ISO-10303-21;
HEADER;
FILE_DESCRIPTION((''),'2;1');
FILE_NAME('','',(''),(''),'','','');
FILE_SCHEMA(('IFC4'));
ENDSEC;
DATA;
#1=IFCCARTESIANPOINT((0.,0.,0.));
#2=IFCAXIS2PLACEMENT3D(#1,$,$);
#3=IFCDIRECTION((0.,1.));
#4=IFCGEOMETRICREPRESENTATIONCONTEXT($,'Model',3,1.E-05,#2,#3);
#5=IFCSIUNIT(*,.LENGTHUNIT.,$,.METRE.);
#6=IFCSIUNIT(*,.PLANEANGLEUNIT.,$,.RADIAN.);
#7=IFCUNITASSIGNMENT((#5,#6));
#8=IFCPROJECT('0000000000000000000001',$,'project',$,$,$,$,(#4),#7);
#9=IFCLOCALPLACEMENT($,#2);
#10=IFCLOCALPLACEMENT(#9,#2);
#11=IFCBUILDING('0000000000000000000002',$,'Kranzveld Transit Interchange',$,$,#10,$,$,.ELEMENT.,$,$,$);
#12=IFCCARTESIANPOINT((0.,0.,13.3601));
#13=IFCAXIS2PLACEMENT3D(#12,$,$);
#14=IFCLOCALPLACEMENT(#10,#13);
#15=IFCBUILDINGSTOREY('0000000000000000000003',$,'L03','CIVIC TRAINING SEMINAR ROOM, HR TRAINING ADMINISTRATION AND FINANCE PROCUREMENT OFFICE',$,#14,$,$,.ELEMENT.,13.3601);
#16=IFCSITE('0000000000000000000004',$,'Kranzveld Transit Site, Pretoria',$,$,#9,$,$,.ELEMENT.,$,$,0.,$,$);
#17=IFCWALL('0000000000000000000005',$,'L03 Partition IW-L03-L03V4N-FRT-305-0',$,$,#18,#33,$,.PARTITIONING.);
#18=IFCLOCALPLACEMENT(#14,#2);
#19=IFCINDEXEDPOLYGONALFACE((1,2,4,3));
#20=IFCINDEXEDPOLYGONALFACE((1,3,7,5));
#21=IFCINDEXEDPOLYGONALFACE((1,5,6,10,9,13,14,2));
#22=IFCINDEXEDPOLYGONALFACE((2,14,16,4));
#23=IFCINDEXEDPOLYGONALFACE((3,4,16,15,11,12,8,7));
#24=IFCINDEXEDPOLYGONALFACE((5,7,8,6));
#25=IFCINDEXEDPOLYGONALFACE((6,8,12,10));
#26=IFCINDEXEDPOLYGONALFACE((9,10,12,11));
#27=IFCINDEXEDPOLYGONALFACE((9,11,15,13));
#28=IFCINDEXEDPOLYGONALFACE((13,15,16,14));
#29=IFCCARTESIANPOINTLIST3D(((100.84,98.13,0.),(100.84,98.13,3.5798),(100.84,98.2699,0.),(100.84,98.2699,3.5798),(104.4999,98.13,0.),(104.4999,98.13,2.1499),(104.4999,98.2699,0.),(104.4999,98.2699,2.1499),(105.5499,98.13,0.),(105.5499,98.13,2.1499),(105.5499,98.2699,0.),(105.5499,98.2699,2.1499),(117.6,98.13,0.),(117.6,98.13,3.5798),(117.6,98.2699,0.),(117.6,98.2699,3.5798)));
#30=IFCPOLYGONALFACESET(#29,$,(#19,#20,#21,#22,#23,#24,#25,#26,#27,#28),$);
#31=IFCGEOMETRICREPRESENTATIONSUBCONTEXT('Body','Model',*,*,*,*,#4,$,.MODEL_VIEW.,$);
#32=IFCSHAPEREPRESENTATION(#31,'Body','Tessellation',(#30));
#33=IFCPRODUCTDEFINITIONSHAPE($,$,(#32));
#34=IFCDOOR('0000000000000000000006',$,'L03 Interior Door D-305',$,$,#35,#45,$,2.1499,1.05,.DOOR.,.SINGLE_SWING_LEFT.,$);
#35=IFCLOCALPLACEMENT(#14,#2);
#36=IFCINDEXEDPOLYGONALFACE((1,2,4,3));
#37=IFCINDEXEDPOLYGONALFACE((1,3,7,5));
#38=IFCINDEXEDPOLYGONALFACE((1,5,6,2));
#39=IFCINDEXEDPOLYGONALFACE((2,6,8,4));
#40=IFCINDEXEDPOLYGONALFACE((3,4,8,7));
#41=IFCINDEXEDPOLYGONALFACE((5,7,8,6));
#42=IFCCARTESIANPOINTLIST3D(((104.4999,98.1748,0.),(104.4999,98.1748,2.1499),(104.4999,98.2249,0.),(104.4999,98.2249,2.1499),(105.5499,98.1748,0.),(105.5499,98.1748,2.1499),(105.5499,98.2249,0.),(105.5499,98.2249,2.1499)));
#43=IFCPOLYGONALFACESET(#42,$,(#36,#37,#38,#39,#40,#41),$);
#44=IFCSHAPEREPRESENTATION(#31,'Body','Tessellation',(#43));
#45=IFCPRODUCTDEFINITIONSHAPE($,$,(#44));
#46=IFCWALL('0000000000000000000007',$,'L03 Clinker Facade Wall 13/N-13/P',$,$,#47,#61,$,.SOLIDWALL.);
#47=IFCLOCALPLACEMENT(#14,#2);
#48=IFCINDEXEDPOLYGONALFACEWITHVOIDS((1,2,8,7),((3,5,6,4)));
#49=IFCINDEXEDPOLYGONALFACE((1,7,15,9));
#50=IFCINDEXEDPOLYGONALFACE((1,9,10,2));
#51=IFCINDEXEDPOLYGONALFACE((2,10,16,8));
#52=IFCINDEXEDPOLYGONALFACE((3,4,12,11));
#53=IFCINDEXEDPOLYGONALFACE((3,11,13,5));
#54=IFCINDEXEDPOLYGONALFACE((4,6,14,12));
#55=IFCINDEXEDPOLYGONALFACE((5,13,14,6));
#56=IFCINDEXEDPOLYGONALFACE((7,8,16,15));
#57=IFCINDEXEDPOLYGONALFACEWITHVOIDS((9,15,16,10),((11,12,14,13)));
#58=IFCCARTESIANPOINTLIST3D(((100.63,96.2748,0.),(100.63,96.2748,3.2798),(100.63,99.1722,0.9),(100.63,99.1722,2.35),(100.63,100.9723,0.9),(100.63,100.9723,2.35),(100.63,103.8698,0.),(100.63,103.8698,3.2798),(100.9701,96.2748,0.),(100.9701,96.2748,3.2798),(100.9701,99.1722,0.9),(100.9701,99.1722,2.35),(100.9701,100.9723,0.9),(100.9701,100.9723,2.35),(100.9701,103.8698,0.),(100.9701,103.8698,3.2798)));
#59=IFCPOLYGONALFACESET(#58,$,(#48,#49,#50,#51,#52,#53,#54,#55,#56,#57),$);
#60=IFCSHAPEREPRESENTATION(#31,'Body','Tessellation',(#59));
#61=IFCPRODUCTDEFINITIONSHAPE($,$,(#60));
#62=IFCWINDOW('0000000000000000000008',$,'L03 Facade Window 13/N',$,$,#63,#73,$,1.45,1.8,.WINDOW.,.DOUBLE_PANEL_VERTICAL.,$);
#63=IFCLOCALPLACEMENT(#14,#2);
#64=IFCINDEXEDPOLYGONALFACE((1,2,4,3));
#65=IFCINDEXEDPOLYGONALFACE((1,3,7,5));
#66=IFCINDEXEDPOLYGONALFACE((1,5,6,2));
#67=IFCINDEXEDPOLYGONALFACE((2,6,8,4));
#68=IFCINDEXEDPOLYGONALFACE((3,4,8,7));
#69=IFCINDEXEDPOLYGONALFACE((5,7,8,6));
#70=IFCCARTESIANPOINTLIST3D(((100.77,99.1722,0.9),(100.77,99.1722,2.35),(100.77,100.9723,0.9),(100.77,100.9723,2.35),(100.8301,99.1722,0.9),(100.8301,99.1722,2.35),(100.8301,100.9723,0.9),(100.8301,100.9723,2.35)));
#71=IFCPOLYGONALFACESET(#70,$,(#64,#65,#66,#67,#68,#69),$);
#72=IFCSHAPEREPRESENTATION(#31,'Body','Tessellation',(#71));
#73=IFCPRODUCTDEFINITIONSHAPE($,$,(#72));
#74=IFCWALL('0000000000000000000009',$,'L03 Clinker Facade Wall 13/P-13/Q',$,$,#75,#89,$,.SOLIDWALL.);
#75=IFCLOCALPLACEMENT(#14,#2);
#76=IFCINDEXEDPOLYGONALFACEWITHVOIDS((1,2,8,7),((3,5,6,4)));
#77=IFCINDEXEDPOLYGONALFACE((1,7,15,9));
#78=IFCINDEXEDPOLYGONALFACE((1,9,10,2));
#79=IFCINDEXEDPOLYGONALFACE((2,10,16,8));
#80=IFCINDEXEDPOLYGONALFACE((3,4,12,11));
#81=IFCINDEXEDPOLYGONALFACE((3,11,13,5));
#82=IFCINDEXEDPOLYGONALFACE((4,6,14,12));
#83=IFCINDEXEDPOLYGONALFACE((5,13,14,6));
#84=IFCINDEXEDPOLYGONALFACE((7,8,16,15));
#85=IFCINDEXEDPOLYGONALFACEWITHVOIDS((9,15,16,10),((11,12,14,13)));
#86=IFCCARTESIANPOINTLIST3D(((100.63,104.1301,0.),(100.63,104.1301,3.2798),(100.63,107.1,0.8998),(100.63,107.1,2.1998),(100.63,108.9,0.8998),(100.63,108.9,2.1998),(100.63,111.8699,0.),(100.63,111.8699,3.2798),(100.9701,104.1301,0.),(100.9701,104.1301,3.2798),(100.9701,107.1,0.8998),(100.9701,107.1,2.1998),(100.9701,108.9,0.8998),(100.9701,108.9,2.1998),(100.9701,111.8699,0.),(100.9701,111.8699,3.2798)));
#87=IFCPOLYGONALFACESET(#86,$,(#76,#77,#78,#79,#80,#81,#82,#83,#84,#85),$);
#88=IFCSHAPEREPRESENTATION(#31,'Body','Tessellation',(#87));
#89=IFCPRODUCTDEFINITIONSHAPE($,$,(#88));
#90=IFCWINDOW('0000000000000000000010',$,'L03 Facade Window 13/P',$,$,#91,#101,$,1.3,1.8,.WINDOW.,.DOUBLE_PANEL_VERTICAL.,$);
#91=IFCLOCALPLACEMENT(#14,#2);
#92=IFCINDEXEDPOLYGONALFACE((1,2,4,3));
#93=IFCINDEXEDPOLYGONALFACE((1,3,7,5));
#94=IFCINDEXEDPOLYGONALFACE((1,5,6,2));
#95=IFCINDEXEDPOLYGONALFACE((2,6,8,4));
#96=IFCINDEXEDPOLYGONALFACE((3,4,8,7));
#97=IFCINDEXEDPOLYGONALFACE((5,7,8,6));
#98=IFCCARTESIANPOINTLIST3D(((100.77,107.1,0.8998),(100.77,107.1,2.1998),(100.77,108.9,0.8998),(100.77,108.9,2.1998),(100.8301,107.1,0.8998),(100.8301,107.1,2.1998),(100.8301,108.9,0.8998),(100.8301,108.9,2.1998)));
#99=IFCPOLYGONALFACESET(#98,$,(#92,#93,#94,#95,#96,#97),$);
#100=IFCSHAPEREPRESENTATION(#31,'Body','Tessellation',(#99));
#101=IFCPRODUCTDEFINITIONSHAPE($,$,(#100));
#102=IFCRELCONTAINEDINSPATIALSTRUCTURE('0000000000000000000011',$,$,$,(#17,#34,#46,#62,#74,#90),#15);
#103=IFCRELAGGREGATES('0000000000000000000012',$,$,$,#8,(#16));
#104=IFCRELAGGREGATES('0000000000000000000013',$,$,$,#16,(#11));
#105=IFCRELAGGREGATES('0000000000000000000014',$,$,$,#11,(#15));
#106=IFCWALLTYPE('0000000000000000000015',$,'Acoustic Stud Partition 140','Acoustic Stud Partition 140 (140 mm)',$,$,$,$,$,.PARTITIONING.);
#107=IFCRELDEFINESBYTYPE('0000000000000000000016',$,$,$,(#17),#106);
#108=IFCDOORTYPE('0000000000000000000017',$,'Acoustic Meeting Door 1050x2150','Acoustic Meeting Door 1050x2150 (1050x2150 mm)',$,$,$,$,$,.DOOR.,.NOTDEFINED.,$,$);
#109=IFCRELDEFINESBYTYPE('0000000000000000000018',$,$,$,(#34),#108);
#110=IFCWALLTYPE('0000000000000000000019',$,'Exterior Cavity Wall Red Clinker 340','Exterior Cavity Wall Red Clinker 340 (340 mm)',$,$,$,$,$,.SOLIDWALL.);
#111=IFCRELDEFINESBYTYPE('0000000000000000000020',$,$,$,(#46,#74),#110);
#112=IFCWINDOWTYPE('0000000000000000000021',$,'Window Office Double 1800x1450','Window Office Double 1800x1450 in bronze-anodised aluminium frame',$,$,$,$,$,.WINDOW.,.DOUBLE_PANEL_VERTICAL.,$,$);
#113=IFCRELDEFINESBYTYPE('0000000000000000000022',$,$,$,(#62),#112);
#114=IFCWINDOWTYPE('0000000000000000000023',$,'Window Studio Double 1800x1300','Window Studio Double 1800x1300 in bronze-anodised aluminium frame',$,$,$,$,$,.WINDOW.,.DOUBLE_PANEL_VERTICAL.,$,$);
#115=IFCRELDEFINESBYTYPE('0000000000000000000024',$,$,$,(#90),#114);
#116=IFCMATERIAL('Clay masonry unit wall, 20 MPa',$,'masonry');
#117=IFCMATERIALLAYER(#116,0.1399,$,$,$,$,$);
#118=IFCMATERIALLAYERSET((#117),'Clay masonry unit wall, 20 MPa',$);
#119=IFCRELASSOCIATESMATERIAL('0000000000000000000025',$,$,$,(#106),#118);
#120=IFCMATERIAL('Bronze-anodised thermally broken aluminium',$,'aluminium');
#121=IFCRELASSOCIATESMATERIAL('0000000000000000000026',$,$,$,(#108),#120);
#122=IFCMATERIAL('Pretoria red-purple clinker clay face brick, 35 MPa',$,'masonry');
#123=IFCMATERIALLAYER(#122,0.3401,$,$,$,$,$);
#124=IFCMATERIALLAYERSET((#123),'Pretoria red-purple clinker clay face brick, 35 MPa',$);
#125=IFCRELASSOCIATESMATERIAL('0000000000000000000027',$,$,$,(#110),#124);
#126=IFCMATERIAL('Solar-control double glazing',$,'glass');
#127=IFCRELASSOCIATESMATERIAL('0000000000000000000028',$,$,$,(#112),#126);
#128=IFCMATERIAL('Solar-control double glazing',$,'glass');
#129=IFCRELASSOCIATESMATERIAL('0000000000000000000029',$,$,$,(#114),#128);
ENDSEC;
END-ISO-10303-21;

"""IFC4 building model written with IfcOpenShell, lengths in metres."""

from ifc_helpers import new_model, si_unit, direction, frame, frame_2d, origin, place, context, subcontext, project, spatial, rectangle, extrude, material, layer, layer_set, type_object, element, fill, save


model = new_model("IFC4")

# Units and contexts
model_context = context("Model", 3, precision=1e-05, world=origin(), true_north=direction((0.0, 1.0)))
body_context = subcontext(model_context, "Body", "Model", "MODEL_VIEW")
ifc_project = project(units=[si_unit("LENGTHUNIT", "METRE"), si_unit("PLANEANGLEUNIT", "RADIAN")], contexts=[model_context])

# Site, building, storey
site_placement = place(None, origin())
site = spatial("IfcSite", under=ifc_project, at=site_placement, Name="Kranzveld Transit Site, Pretoria", CompositionType="ELEMENT", RefElevation=0.0)
building_placement = place(site_placement, origin())
building = spatial("IfcBuilding", under=site, at=building_placement, Name="Kranzveld Transit Interchange", CompositionType="ELEMENT")
storey_placement = place(building_placement, frame((0.0, 0.0, 13.3601)))
storey = spatial("IfcBuildingStorey", under=building, at=storey_placement, Name="L03", Description="CIVIC TRAINING SEMINAR ROOM, HR TRAINING ADMINISTRATION AND FINANCE PROCUREMENT OFFICE", CompositionType="ELEMENT", Elevation=13.3601)

# Wall, opening, door
ifc_material_1 = material(Name="Clay masonry unit wall, 20 MPa", Category="masonry")
ifc_layer_1 = layer(ifc_material_1, 0.1399)
ifc_layer_set_1 = layer_set([ifc_layer_1], Name="Clay masonry unit wall, 20 MPa")
wall_type_1 = type_object("IfcWallType", Name="Acoustic Stud Partition 140", Description="Acoustic Stud Partition 140 (140 mm)", PredefinedType="PARTITIONING", material=ifc_layer_set_1)
wall_1_placement = place(storey_placement, frame((100.8401, 98.2, 0.0), z_axis=(0.0, 0.0, 1.0), x_axis=(1.0, 0.0, 0.0)))
wall_1 = element("IfcWall", 1, at=wall_1_placement, inside=storey, type_object=wall_type_1, Name="L03 Partition IW-L03-L03V4N-FRT-305-0", PredefinedType="PARTITIONING", context=body_context, shape_type="SweptSolid", body=[
    extrude(rectangle(XDim=16.76, YDim=0.1399, at=frame_2d((8.3799, 0.0))), origin(), (0.0, 0.0, 1.0), 3.5798),
])
opening_1_placement = place(wall_1_placement, frame((3.6599, 0.0, 0.0), z_axis=(0.0, 0.0, 1.0), x_axis=(1.0, 0.0, 0.0)))
opening_1 = element("IfcOpeningElement", 2, at=opening_1_placement, cuts=wall_1, PredefinedType="OPENING", context=body_context, shape_type="SweptSolid", body=[
    extrude(rectangle(XDim=1.05, YDim=2.1499, at=frame_2d((0.5249, 1.075))), frame((0.0, 0.0798, 0.0), z_axis=(0.0, -1.0, 0.0), x_axis=(1.0, 0.0, 0.0)), (0.0, 0.0, 1.0), 0.1599),
])
ifc_material_2 = material(Name="Bronze-anodised thermally broken aluminium", Category="aluminium")
door_type = type_object("IfcDoorType", Name="Acoustic Meeting Door 1050x2150", Description="Acoustic Meeting Door 1050x2150 (1050x2150 mm)", OperationType="NOTDEFINED", PredefinedType="DOOR", material=ifc_material_2)
door_placement = place(opening_1_placement, origin())
door = element("IfcDoor", 3, at=door_placement, inside=storey, type_object=door_type, Name="L03 Interior Door D-305", OperationType="SINGLE_SWING_LEFT", OverallHeight=2.1499, OverallWidth=1.05, PredefinedType="DOOR", context=body_context, shape_type="SweptSolid", body=[
    extrude(rectangle(XDim=1.05, YDim=2.1499, at=frame_2d((0.5249, 1.075))), frame((0.0, 0.0249, 0.0), z_axis=(0.0, -1.0, 0.0), x_axis=(1.0, 0.0, 0.0)), (0.0, 0.0, 1.0), 0.05),
])
fill(opening_1, door)

# Walls, openings, windows
ifc_material_3 = material(Name="Pretoria red-purple clinker clay face brick, 35 MPa", Category="masonry")
ifc_layer_2 = layer(ifc_material_3, 0.3401)
ifc_layer_set_2 = layer_set([ifc_layer_2], Name="Pretoria red-purple clinker clay face brick, 35 MPa")
wall_type_2 = type_object("IfcWallType", Name="Exterior Cavity Wall Red Clinker 340", Description="Exterior Cavity Wall Red Clinker 340 (340 mm)", PredefinedType="SOLIDWALL", material=ifc_layer_set_2)
wall_2_placement = place(storey_placement, frame((100.8, 96.2749, 0.0), z_axis=(0.0, 0.0, 1.0), x_axis=(0.0, 1.0, 0.0)))
wall_2 = element("IfcWall", 4, at=wall_2_placement, inside=storey, type_object=wall_type_2, Name="L03 Clinker Facade Wall 13/N-13/P", PredefinedType="SOLIDWALL", context=body_context, shape_type="SweptSolid", body=[
    extrude(rectangle(XDim=7.595, YDim=0.3401, at=frame_2d((3.7974, 0.0))), origin(), (0.0, 0.0, 1.0), 3.2798),
])
opening_2_placement = place(wall_2_placement, frame((2.8975, 0.0, 0.8999), z_axis=(0.0, 0.0, 1.0), x_axis=(1.0, 0.0, 0.0)))
opening_2 = element("IfcOpeningElement", 5, at=opening_2_placement, cuts=wall_2, PredefinedType="OPENING", context=body_context, shape_type="SweptSolid", body=[
    extrude(rectangle(XDim=1.8, YDim=1.45, at=frame_2d((0.8999, 0.7251))), frame((0.0, 0.1799, 0.0), z_axis=(0.0, -1.0, 0.0), x_axis=(1.0, 0.0, 0.0)), (0.0, 0.0, 1.0), 0.3601),
])
ifc_material_4 = material(Name="Solar-control double glazing", Category="glass")
window_type_1 = type_object("IfcWindowType", Name="Window Office Double 1800x1450", Description="Window Office Double 1800x1450 in bronze-anodised aluminium frame", PartitioningType="DOUBLE_PANEL_VERTICAL", PredefinedType="WINDOW", material=ifc_material_4)
window_1_placement = place(opening_2_placement, origin())
window_1 = element("IfcWindow", 6, at=window_1_placement, inside=storey, type_object=window_type_1, Name="L03 Facade Window 13/N", OverallHeight=1.45, OverallWidth=1.8, PartitioningType="DOUBLE_PANEL_VERTICAL", PredefinedType="WINDOW", context=body_context, shape_type="SweptSolid", body=[
    extrude(rectangle(XDim=1.8, YDim=1.45, at=frame_2d((0.8999, 0.7251))), frame((0.0, 0.03, 0.0), z_axis=(0.0, -1.0, 0.0), x_axis=(1.0, 0.0, 0.0)), (0.0, 0.0, 1.0), 0.0601),
])
fill(opening_2, window_1)
wall_3_placement = place(storey_placement, frame((100.8, 104.1301, 0.0), z_axis=(0.0, 0.0, 1.0), x_axis=(0.0, 1.0, 0.0)))
wall_3 = element("IfcWall", 7, at=wall_3_placement, inside=storey, type_object=wall_type_2, Name="L03 Clinker Facade Wall 13/P-13/Q", PredefinedType="SOLIDWALL", context=body_context, shape_type="SweptSolid", body=[
    extrude(rectangle(XDim=7.7397, YDim=0.3401, at=frame_2d((3.8699, 0.0))), origin(), (0.0, 0.0, 1.0), 3.2798),
])
opening_3_placement = place(wall_3_placement, frame((2.97, 0.0, 0.8999), z_axis=(0.0, 0.0, 1.0), x_axis=(1.0, 0.0, 0.0)))
opening_3 = element("IfcOpeningElement", 8, at=opening_3_placement, cuts=wall_3, PredefinedType="OPENING", context=body_context, shape_type="SweptSolid", body=[
    extrude(rectangle(XDim=1.8, YDim=1.3, at=frame_2d((0.8999, 0.6499))), frame((0.0, 0.1799, 0.0), z_axis=(0.0, -1.0, 0.0), x_axis=(1.0, 0.0, 0.0)), (0.0, 0.0, 1.0), 0.3601),
])
ifc_material_5 = material(Name="Solar-control double glazing", Category="glass")
window_type_2 = type_object("IfcWindowType", Name="Window Studio Double 1800x1300", Description="Window Studio Double 1800x1300 in bronze-anodised aluminium frame", PartitioningType="DOUBLE_PANEL_VERTICAL", PredefinedType="WINDOW", material=ifc_material_5)
window_2_placement = place(opening_3_placement, origin())
window_2 = element("IfcWindow", 9, at=window_2_placement, inside=storey, type_object=window_type_2, Name="L03 Facade Window 13/P", OverallHeight=1.3, OverallWidth=1.8, PartitioningType="DOUBLE_PANEL_VERTICAL", PredefinedType="WINDOW", context=body_context, shape_type="SweptSolid", body=[
    extrude(rectangle(XDim=1.8, YDim=1.3, at=frame_2d((0.8999, 0.6499))), frame((0.0, 0.03, 0.0), z_axis=(0.0, -1.0, 0.0), x_axis=(1.0, 0.0, 0.0)), (0.0, 0.0, 1.0), 0.0601),
])
fill(opening_3, window_2)

save(model, "model.ifc")
